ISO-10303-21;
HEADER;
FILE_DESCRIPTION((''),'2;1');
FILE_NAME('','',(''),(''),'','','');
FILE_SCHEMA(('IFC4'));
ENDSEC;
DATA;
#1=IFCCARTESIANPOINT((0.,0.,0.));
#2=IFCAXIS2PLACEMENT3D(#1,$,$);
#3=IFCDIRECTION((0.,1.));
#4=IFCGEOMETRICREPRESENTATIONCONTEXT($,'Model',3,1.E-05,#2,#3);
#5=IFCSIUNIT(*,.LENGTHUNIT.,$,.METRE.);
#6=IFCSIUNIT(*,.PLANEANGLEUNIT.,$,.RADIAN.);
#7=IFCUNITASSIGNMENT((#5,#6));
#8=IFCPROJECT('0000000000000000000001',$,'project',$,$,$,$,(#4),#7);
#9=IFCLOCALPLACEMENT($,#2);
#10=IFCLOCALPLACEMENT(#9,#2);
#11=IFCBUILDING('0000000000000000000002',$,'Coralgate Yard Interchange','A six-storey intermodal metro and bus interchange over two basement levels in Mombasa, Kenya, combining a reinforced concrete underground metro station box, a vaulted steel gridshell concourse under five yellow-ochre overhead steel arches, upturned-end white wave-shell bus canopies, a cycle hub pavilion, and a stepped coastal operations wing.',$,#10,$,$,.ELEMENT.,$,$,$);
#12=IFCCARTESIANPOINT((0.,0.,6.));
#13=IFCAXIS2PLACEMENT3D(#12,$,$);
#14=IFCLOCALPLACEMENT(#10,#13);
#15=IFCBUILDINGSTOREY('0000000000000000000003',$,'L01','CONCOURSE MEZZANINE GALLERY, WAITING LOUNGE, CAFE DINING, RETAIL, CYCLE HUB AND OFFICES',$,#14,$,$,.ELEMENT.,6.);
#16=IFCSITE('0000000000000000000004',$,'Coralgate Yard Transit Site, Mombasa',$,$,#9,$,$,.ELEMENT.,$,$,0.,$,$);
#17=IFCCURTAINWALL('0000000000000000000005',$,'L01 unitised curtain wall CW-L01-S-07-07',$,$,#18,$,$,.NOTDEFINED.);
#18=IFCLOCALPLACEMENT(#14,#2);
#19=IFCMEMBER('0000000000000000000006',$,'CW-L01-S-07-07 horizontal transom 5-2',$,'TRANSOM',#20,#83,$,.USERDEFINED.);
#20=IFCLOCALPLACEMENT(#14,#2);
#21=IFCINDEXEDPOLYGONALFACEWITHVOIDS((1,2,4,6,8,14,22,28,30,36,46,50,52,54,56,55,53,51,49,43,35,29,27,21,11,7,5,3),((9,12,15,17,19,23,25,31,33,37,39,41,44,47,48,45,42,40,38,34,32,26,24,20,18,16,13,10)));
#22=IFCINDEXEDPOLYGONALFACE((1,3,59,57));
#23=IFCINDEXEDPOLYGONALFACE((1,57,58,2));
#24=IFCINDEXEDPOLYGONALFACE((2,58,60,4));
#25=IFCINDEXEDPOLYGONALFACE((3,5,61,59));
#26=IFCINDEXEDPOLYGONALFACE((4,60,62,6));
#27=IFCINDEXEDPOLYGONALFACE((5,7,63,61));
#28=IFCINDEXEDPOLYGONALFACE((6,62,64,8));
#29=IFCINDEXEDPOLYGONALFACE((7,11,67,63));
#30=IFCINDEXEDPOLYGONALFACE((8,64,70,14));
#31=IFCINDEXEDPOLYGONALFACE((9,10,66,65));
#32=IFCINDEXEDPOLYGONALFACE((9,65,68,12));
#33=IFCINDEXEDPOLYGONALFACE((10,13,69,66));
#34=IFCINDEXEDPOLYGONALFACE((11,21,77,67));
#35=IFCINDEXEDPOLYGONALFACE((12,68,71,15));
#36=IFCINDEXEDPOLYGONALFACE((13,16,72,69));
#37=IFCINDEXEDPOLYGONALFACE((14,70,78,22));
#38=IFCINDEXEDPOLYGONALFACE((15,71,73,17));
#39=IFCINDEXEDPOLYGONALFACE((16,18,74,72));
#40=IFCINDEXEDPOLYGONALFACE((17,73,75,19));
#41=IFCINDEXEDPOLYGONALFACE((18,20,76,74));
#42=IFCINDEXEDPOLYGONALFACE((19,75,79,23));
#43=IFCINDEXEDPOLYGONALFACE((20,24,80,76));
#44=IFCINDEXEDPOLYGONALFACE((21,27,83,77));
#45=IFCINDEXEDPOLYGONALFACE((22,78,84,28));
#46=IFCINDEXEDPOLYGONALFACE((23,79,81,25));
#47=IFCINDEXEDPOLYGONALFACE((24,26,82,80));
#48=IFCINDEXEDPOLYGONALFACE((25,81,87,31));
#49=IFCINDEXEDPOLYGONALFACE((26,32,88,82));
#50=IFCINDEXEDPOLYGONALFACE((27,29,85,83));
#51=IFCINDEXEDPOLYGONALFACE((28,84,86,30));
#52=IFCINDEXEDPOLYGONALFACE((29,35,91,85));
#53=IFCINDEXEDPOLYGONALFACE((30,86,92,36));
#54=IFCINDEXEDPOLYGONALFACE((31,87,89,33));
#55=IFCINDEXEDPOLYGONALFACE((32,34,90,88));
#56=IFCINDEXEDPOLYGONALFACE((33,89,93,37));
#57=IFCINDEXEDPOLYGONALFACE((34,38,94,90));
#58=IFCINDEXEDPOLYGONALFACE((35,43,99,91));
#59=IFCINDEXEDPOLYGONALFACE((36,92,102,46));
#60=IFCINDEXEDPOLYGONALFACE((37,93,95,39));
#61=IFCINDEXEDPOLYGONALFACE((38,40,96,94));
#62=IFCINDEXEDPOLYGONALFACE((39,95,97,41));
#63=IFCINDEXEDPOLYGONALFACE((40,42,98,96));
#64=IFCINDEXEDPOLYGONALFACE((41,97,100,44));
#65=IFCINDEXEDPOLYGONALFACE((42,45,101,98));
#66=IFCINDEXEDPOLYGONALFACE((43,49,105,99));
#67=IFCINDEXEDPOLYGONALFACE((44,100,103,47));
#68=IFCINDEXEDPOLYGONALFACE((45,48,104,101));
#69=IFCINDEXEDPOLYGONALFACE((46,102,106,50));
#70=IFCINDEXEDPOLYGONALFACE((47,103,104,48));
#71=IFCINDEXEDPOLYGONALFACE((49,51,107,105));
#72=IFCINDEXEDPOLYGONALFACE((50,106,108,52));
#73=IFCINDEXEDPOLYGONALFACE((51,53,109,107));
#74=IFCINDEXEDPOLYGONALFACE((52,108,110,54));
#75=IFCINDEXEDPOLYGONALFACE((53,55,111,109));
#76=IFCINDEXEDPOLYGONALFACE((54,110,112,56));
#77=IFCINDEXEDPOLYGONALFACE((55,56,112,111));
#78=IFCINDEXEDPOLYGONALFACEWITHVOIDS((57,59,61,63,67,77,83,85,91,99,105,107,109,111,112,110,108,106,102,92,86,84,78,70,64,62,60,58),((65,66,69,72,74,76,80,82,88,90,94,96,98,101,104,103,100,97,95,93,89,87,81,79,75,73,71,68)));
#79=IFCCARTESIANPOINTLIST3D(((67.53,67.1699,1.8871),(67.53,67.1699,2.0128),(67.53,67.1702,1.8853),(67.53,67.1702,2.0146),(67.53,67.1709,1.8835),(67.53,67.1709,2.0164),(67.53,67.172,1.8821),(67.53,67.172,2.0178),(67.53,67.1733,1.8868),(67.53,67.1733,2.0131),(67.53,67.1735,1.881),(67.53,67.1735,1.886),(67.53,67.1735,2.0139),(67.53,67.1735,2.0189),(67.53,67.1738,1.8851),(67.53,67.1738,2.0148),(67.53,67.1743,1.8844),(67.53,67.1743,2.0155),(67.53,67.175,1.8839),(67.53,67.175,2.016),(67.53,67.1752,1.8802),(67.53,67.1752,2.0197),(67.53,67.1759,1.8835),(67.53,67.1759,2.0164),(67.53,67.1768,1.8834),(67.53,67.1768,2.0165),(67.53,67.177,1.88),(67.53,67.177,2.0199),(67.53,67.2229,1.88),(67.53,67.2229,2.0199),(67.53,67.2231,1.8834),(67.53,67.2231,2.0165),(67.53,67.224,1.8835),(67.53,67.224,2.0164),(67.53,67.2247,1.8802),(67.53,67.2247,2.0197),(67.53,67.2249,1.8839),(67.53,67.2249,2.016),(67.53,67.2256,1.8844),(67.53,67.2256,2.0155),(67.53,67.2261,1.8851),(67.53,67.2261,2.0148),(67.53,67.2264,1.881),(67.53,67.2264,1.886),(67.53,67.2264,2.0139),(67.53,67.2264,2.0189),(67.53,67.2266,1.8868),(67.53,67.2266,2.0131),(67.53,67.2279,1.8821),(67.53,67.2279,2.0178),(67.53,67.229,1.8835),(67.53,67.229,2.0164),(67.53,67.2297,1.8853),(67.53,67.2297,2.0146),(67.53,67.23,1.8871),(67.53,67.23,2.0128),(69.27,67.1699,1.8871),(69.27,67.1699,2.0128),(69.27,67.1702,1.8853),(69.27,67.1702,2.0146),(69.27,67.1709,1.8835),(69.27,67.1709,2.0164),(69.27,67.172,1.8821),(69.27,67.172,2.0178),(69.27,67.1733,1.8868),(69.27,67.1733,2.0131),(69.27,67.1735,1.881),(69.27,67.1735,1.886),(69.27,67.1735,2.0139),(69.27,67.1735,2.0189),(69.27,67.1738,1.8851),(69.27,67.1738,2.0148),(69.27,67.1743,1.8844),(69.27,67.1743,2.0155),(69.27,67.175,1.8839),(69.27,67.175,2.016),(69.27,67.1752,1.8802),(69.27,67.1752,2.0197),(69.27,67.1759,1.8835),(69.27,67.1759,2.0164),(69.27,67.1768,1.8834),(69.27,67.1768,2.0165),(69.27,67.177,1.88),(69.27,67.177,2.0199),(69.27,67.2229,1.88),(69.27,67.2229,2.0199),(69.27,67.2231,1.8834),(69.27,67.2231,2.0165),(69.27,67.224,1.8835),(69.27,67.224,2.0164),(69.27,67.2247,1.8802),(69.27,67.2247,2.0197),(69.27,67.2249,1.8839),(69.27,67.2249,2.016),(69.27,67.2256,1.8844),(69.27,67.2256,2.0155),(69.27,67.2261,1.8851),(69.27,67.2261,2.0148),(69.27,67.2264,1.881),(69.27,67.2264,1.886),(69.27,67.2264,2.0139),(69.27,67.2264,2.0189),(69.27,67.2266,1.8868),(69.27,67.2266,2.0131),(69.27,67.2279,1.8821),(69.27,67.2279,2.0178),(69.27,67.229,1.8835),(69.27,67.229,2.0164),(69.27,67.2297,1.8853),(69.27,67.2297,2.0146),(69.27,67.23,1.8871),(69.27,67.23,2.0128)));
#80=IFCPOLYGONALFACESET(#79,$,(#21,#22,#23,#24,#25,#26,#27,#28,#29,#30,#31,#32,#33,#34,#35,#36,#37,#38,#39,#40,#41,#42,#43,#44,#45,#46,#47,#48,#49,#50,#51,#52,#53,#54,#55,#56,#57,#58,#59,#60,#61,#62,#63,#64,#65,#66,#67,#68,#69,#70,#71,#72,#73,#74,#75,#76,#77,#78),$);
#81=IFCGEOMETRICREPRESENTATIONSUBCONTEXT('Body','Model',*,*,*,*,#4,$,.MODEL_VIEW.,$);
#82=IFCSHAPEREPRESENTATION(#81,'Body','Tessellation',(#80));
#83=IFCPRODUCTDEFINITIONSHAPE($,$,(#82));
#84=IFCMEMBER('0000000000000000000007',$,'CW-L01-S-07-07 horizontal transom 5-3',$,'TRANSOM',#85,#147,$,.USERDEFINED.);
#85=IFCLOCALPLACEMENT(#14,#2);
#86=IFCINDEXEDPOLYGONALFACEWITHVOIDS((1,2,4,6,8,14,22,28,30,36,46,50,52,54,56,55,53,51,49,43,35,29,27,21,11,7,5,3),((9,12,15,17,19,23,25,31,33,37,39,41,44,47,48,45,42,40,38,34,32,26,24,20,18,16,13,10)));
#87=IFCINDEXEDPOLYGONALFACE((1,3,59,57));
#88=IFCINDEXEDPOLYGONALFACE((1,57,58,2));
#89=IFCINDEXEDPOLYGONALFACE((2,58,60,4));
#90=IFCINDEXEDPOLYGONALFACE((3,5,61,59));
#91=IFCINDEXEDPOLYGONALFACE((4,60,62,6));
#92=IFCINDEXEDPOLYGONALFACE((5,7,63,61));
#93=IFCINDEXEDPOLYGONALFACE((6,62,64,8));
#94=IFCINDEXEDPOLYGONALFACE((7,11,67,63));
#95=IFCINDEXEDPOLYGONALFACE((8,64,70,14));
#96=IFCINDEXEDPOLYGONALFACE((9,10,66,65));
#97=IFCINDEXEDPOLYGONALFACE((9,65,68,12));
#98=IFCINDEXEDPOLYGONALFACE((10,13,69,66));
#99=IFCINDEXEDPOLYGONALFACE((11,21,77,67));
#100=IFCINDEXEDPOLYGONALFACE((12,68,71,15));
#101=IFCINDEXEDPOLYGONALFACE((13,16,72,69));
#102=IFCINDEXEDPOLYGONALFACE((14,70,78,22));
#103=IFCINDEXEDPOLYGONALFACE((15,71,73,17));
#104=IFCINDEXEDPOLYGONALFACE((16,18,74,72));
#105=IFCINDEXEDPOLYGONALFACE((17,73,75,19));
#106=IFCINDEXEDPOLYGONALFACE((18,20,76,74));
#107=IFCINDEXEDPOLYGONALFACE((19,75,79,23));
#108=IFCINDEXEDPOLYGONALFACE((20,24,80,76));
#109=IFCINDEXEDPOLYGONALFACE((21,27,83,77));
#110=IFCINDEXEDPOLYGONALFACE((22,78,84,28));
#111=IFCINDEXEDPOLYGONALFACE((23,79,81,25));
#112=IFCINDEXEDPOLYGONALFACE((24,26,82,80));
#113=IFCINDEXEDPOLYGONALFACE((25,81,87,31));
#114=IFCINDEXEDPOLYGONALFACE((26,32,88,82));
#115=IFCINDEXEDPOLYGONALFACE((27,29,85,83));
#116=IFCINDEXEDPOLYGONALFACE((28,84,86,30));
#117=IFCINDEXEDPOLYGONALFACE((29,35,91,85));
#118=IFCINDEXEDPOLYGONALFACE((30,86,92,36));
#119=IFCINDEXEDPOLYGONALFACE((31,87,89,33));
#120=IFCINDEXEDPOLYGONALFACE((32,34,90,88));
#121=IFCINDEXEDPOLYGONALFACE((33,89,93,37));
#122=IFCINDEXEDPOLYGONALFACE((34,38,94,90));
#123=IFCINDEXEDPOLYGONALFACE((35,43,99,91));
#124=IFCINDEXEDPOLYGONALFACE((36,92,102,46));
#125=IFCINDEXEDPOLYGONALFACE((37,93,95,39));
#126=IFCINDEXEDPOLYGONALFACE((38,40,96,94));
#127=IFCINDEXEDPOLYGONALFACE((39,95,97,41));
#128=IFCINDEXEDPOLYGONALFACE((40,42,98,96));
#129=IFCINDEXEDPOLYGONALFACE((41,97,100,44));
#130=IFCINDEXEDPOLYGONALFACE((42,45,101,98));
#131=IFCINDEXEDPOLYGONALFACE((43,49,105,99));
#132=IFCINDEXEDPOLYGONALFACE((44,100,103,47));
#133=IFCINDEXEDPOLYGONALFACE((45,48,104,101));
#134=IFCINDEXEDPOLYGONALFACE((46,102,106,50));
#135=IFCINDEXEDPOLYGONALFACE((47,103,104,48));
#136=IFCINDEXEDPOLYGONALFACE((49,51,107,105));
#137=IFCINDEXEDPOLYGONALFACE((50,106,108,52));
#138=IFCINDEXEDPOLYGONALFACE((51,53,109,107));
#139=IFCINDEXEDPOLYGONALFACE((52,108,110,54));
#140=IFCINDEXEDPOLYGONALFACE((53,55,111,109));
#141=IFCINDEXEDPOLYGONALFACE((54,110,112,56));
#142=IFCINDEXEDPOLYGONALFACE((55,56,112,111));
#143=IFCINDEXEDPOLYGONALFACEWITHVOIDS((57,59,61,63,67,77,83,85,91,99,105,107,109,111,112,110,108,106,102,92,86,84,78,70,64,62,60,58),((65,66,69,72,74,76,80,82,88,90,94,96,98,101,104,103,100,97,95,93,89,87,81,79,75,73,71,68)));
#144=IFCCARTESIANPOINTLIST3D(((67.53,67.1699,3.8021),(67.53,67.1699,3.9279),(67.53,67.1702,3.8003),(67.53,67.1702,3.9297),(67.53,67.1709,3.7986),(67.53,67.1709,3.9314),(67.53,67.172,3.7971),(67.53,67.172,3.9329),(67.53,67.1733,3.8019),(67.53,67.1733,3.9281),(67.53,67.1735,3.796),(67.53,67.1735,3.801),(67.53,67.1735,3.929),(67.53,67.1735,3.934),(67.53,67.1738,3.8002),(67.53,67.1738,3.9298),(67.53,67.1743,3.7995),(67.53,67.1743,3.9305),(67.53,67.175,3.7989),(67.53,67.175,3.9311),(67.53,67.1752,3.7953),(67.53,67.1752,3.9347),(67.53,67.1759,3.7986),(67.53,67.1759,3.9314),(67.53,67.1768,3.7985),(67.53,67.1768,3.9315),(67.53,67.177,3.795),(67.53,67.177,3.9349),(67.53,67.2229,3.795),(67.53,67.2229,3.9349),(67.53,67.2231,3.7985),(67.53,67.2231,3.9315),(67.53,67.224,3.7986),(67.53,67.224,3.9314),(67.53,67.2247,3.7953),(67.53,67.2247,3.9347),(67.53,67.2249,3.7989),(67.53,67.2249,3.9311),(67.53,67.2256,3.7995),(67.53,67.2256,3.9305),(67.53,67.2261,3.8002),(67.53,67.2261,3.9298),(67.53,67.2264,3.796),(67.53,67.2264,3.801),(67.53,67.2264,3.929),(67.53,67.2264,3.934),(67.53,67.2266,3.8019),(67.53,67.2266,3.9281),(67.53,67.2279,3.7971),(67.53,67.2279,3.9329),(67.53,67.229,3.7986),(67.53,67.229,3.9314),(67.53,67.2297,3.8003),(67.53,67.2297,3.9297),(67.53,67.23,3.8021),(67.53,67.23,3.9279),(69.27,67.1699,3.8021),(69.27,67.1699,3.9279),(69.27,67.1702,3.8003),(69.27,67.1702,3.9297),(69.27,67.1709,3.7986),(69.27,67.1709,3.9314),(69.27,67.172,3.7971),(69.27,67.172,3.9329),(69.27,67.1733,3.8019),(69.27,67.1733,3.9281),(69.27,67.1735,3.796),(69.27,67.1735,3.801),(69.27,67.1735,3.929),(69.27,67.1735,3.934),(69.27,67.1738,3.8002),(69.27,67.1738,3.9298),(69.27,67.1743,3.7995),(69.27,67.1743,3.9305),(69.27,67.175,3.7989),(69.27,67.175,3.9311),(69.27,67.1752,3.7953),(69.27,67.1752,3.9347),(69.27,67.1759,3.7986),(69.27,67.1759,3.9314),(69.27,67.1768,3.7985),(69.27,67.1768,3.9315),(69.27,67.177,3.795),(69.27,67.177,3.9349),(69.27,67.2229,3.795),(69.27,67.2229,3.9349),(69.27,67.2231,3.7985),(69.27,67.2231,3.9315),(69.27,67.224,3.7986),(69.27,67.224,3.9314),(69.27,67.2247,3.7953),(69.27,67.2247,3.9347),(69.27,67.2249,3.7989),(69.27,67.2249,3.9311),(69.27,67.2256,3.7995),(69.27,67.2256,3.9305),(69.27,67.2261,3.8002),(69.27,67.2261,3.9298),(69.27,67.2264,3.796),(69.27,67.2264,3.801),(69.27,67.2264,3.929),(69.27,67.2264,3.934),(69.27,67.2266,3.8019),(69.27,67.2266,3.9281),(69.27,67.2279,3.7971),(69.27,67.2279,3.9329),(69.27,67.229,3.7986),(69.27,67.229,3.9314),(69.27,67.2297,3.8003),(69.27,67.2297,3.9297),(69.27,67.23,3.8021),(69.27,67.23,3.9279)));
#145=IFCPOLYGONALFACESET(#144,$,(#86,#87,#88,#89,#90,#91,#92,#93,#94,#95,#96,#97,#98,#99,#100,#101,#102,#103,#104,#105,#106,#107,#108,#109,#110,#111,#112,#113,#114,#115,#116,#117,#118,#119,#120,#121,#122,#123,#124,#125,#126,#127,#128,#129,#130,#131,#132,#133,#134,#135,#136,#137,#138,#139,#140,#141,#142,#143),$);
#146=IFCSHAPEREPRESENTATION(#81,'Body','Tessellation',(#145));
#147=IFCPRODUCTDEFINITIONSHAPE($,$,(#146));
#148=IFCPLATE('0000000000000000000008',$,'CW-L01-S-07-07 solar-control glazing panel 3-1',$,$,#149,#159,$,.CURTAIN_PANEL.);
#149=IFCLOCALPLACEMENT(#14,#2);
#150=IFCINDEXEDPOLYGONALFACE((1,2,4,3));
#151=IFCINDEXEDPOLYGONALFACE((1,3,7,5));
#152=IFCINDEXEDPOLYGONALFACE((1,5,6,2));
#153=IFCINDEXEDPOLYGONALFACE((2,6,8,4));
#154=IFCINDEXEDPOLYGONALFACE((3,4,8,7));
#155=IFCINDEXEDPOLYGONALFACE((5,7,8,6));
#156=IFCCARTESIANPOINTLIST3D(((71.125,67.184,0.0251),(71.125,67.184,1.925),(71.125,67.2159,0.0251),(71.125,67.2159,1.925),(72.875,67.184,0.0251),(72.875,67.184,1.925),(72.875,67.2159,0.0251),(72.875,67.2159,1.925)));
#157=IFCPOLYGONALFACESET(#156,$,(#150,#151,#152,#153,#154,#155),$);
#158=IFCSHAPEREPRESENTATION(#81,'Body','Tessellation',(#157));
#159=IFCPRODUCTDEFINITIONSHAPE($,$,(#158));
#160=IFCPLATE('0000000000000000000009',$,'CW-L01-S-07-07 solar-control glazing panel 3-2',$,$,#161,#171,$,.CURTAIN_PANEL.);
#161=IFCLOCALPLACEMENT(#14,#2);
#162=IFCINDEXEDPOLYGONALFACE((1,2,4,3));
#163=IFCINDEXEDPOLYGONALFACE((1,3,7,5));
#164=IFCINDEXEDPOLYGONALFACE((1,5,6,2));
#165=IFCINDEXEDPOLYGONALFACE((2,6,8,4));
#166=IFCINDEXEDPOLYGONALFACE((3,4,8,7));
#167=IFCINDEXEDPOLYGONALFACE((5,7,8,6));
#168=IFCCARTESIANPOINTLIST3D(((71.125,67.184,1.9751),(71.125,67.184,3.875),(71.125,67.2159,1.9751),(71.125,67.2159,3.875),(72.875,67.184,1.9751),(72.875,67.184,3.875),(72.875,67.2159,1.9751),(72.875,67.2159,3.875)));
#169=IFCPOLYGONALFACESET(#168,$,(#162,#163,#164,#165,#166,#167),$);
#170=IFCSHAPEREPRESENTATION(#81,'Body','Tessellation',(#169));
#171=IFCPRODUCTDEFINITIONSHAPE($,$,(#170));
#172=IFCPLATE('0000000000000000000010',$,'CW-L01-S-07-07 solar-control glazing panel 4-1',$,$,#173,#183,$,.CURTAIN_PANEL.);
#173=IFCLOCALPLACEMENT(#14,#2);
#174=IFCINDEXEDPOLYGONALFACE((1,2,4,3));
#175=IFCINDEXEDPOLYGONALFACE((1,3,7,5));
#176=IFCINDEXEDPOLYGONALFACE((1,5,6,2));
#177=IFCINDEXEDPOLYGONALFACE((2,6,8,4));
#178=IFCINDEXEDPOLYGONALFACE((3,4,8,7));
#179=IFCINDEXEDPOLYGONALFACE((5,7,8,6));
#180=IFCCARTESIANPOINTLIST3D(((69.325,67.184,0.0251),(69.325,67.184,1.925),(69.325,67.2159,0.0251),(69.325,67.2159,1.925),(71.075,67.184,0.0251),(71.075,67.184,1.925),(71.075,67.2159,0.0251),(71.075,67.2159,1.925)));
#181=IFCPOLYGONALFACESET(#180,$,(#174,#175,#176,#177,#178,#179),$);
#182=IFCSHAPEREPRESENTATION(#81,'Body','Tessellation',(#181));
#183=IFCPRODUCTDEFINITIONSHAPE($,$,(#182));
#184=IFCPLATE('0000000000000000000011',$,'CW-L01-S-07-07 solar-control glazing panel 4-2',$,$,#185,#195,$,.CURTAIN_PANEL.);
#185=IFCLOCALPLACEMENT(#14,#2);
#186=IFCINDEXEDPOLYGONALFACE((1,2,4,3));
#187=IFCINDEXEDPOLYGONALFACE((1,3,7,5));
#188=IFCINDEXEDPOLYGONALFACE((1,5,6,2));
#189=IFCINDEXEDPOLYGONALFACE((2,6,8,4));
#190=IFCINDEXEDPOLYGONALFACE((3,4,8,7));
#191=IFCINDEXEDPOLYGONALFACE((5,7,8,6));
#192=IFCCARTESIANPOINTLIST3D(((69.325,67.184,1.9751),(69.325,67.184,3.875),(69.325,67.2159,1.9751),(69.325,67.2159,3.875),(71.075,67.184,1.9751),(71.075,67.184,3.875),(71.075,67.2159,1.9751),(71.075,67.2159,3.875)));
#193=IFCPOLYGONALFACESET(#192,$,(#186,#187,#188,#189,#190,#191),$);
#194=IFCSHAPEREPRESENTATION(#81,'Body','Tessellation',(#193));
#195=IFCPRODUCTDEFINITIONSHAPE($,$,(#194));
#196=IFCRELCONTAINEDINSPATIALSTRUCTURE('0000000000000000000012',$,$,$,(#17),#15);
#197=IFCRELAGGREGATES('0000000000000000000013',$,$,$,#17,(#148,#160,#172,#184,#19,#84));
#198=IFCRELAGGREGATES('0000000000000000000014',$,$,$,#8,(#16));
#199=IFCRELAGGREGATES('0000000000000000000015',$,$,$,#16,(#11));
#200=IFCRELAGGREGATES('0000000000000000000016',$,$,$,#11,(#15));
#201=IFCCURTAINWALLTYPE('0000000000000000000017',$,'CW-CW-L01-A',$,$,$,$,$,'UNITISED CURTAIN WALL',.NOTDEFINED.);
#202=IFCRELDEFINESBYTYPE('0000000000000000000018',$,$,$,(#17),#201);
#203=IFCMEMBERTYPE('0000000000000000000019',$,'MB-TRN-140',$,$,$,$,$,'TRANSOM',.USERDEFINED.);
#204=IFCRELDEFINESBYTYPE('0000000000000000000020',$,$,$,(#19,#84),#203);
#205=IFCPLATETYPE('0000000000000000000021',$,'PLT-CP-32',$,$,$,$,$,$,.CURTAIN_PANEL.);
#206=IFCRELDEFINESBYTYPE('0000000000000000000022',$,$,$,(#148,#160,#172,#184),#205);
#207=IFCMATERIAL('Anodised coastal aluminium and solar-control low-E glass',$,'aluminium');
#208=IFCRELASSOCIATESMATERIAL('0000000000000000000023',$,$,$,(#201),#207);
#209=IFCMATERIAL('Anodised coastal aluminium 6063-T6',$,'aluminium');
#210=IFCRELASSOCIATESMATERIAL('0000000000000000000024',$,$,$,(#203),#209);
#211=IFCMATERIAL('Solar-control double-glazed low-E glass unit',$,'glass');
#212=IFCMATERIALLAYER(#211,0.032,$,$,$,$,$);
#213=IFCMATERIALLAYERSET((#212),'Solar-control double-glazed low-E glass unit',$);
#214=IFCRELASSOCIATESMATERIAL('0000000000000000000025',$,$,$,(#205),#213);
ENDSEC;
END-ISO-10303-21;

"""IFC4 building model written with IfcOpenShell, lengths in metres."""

from ifc_helpers import new_model, si_unit, direction, frame, origin, origin_2d, place, context, subcontext, project, spatial, rectangle, hollow_rectangle, extrude, material, layer, layer_set, material_profile, profile_set, type_object, element, aggregate, save


model = new_model("IFC4")

# Units and contexts
model_context = context("Model", 3, precision=1e-05, world=origin(), true_north=direction((0.0, 1.0)))
body_context = subcontext(model_context, "Body", "Model", "MODEL_VIEW")
ifc_project = project(units=[si_unit("LENGTHUNIT", "METRE"), si_unit("PLANEANGLEUNIT", "RADIAN")], contexts=[model_context])

# Site, building, storey
site_placement = place(None, origin())
site = spatial("IfcSite", under=ifc_project, at=site_placement, Name="Coralgate Yard Transit Site, Mombasa", CompositionType="ELEMENT", RefElevation=0.0)
building_placement = place(site_placement, origin())
building = spatial("IfcBuilding", under=site, at=building_placement, Name="Coralgate Yard Interchange", Description="A six-storey intermodal metro and bus interchange over two basement levels in Mombasa, Kenya, combining a reinforced concrete underground metro station box, a vaulted steel gridshell concourse under five yellow-ochre overhead steel arches, upturned-end white wave-shell bus canopies, a cycle hub pavilion, and a stepped coastal operations wing.", CompositionType="ELEMENT")
storey_placement = place(building_placement, frame((0.0, 0.0, 6.0)))
storey = spatial("IfcBuildingStorey", under=building, at=storey_placement, Name="L01", Description="CONCOURSE MEZZANINE GALLERY, WAITING LOUNGE, CAFE DINING, RETAIL, CYCLE HUB AND OFFICES", CompositionType="ELEMENT", Elevation=6.0)

# Shared definitions
ifc_material_1 = material(Name="Anodised coastal aluminium and solar-control low-E glass", Category="aluminium")
curtain_wall_type = type_object("IfcCurtainWallType", Name="CW-CW-L01-A", ElementType="UNITISED CURTAIN WALL", PredefinedType="NOTDEFINED", material=ifc_material_1)
ifc_material_2 = material(Name="Anodised coastal aluminium 6063-T6", Category="aluminium")

# Curtain wall
curtain_wall_1_placement = place(storey_placement, origin())
curtain_wall_1 = element("IfcCurtainWall", 1, at=curtain_wall_1_placement, inside=storey, type_object=curtain_wall_type, Name="L01 unitised curtain wall CW-L01-S-07-07", PredefinedType="NOTDEFINED")

# Members
ifc_material_profile_1 = material_profile(ifc_material_2, hollow_rectangle(XDim=0.0601, YDim=0.1399, WallThickness=0.0034, InnerFilletRadius=0.0034, OuterFilletRadius=0.0071, at=origin_2d()), Name="ALU 60x140x3.5")
ifc_profile_set_1 = profile_set([ifc_material_profile_1], Name="Anodised coastal aluminium 6063-T6")
member_type_1 = type_object("IfcMemberType", Name="MB-TRN-140", ElementType="TRANSOM", PredefinedType="USERDEFINED", material=ifc_profile_set_1)
member_1_placement = place(storey_placement, frame((69.27, 67.2, 1.95), z_axis=(-1.0, 0.0, 0.0), x_axis=(0.0, -1.0, 0.0)))
member_1 = element("IfcMember", 2, at=member_1_placement, type_object=member_type_1, Name="CW-L01-S-07-07 horizontal transom 5-2", ObjectType="TRANSOM", PredefinedType="USERDEFINED", context=body_context, shape_type="SweptSolid", body=[
    extrude(hollow_rectangle(XDim=0.0601, YDim=0.1399, WallThickness=0.0034, InnerFilletRadius=0.0034, OuterFilletRadius=0.0071, at=origin_2d()), origin(), (0.0, 0.0, 1.0), 1.74),
])
member_2_placement = place(storey_placement, frame((69.27, 67.2, 3.865), z_axis=(-1.0, 0.0, 0.0), x_axis=(0.0, -1.0, 0.0)))
member_2 = element("IfcMember", 3, at=member_2_placement, type_object=member_type_1, Name="CW-L01-S-07-07 horizontal transom 5-3", ObjectType="TRANSOM", PredefinedType="USERDEFINED", context=body_context, shape_type="SweptSolid", body=[
    extrude(hollow_rectangle(XDim=0.0601, YDim=0.1399, WallThickness=0.0034, InnerFilletRadius=0.0034, OuterFilletRadius=0.0071, at=origin_2d()), origin(), (0.0, 0.0, 1.0), 1.74),
])

# Plates
ifc_material_3 = material(Name="Solar-control double-glazed low-E glass unit", Category="glass")
ifc_layer = layer(ifc_material_3, 0.032)
ifc_layer_set = layer_set([ifc_layer], Name="Solar-control double-glazed low-E glass unit")
plate_type = type_object("IfcPlateType", Name="PLT-CP-32", PredefinedType="CURTAIN_PANEL", material=ifc_layer_set)
plate_1_placement = place(storey_placement, frame((72.0, 67.2, 0.0251), z_axis=(0.0, 0.0, 1.0), x_axis=(-1.0, 0.0, 0.0)))
plate_1 = element("IfcPlate", 4, at=plate_1_placement, type_object=plate_type, Name="CW-L01-S-07-07 solar-control glazing panel 3-1", PredefinedType="CURTAIN_PANEL", context=body_context, shape_type="SweptSolid", body=[
    extrude(rectangle(XDim=1.75, YDim=0.032, at=origin_2d()), origin(), (0.0, 0.0, 1.0), 1.8999),
])
plate_2_placement = place(storey_placement, frame((72.0, 67.2, 1.9751), z_axis=(0.0, 0.0, 1.0), x_axis=(-1.0, 0.0, 0.0)))
plate_2 = element("IfcPlate", 5, at=plate_2_placement, type_object=plate_type, Name="CW-L01-S-07-07 solar-control glazing panel 3-2", PredefinedType="CURTAIN_PANEL", context=body_context, shape_type="SweptSolid", body=[
    extrude(rectangle(XDim=1.75, YDim=0.032, at=origin_2d()), origin(), (0.0, 0.0, 1.0), 1.8999),
])
plate_3_placement = place(storey_placement, frame((70.2, 67.2, 0.0251), z_axis=(0.0, 0.0, 1.0), x_axis=(-1.0, 0.0, 0.0)))
plate_3 = element("IfcPlate", 6, at=plate_3_placement, type_object=plate_type, Name="CW-L01-S-07-07 solar-control glazing panel 4-1", PredefinedType="CURTAIN_PANEL", context=body_context, shape_type="SweptSolid", body=[
    extrude(rectangle(XDim=1.75, YDim=0.032, at=origin_2d()), origin(), (0.0, 0.0, 1.0), 1.8999),
])
plate_4_placement = place(storey_placement, frame((70.2, 67.2, 1.9751), z_axis=(0.0, 0.0, 1.0), x_axis=(-1.0, 0.0, 0.0)))
plate_4 = element("IfcPlate", 7, at=plate_4_placement, type_object=plate_type, Name="CW-L01-S-07-07 solar-control glazing panel 4-2", PredefinedType="CURTAIN_PANEL", context=body_context, shape_type="SweptSolid", body=[
    extrude(rectangle(XDim=1.75, YDim=0.032, at=origin_2d()), origin(), (0.0, 0.0, 1.0), 1.8999),
])
aggregate(curtain_wall_1, [plate_1, plate_2, plate_3, plate_4, member_1, member_2])

save(model, "model.ifc")
